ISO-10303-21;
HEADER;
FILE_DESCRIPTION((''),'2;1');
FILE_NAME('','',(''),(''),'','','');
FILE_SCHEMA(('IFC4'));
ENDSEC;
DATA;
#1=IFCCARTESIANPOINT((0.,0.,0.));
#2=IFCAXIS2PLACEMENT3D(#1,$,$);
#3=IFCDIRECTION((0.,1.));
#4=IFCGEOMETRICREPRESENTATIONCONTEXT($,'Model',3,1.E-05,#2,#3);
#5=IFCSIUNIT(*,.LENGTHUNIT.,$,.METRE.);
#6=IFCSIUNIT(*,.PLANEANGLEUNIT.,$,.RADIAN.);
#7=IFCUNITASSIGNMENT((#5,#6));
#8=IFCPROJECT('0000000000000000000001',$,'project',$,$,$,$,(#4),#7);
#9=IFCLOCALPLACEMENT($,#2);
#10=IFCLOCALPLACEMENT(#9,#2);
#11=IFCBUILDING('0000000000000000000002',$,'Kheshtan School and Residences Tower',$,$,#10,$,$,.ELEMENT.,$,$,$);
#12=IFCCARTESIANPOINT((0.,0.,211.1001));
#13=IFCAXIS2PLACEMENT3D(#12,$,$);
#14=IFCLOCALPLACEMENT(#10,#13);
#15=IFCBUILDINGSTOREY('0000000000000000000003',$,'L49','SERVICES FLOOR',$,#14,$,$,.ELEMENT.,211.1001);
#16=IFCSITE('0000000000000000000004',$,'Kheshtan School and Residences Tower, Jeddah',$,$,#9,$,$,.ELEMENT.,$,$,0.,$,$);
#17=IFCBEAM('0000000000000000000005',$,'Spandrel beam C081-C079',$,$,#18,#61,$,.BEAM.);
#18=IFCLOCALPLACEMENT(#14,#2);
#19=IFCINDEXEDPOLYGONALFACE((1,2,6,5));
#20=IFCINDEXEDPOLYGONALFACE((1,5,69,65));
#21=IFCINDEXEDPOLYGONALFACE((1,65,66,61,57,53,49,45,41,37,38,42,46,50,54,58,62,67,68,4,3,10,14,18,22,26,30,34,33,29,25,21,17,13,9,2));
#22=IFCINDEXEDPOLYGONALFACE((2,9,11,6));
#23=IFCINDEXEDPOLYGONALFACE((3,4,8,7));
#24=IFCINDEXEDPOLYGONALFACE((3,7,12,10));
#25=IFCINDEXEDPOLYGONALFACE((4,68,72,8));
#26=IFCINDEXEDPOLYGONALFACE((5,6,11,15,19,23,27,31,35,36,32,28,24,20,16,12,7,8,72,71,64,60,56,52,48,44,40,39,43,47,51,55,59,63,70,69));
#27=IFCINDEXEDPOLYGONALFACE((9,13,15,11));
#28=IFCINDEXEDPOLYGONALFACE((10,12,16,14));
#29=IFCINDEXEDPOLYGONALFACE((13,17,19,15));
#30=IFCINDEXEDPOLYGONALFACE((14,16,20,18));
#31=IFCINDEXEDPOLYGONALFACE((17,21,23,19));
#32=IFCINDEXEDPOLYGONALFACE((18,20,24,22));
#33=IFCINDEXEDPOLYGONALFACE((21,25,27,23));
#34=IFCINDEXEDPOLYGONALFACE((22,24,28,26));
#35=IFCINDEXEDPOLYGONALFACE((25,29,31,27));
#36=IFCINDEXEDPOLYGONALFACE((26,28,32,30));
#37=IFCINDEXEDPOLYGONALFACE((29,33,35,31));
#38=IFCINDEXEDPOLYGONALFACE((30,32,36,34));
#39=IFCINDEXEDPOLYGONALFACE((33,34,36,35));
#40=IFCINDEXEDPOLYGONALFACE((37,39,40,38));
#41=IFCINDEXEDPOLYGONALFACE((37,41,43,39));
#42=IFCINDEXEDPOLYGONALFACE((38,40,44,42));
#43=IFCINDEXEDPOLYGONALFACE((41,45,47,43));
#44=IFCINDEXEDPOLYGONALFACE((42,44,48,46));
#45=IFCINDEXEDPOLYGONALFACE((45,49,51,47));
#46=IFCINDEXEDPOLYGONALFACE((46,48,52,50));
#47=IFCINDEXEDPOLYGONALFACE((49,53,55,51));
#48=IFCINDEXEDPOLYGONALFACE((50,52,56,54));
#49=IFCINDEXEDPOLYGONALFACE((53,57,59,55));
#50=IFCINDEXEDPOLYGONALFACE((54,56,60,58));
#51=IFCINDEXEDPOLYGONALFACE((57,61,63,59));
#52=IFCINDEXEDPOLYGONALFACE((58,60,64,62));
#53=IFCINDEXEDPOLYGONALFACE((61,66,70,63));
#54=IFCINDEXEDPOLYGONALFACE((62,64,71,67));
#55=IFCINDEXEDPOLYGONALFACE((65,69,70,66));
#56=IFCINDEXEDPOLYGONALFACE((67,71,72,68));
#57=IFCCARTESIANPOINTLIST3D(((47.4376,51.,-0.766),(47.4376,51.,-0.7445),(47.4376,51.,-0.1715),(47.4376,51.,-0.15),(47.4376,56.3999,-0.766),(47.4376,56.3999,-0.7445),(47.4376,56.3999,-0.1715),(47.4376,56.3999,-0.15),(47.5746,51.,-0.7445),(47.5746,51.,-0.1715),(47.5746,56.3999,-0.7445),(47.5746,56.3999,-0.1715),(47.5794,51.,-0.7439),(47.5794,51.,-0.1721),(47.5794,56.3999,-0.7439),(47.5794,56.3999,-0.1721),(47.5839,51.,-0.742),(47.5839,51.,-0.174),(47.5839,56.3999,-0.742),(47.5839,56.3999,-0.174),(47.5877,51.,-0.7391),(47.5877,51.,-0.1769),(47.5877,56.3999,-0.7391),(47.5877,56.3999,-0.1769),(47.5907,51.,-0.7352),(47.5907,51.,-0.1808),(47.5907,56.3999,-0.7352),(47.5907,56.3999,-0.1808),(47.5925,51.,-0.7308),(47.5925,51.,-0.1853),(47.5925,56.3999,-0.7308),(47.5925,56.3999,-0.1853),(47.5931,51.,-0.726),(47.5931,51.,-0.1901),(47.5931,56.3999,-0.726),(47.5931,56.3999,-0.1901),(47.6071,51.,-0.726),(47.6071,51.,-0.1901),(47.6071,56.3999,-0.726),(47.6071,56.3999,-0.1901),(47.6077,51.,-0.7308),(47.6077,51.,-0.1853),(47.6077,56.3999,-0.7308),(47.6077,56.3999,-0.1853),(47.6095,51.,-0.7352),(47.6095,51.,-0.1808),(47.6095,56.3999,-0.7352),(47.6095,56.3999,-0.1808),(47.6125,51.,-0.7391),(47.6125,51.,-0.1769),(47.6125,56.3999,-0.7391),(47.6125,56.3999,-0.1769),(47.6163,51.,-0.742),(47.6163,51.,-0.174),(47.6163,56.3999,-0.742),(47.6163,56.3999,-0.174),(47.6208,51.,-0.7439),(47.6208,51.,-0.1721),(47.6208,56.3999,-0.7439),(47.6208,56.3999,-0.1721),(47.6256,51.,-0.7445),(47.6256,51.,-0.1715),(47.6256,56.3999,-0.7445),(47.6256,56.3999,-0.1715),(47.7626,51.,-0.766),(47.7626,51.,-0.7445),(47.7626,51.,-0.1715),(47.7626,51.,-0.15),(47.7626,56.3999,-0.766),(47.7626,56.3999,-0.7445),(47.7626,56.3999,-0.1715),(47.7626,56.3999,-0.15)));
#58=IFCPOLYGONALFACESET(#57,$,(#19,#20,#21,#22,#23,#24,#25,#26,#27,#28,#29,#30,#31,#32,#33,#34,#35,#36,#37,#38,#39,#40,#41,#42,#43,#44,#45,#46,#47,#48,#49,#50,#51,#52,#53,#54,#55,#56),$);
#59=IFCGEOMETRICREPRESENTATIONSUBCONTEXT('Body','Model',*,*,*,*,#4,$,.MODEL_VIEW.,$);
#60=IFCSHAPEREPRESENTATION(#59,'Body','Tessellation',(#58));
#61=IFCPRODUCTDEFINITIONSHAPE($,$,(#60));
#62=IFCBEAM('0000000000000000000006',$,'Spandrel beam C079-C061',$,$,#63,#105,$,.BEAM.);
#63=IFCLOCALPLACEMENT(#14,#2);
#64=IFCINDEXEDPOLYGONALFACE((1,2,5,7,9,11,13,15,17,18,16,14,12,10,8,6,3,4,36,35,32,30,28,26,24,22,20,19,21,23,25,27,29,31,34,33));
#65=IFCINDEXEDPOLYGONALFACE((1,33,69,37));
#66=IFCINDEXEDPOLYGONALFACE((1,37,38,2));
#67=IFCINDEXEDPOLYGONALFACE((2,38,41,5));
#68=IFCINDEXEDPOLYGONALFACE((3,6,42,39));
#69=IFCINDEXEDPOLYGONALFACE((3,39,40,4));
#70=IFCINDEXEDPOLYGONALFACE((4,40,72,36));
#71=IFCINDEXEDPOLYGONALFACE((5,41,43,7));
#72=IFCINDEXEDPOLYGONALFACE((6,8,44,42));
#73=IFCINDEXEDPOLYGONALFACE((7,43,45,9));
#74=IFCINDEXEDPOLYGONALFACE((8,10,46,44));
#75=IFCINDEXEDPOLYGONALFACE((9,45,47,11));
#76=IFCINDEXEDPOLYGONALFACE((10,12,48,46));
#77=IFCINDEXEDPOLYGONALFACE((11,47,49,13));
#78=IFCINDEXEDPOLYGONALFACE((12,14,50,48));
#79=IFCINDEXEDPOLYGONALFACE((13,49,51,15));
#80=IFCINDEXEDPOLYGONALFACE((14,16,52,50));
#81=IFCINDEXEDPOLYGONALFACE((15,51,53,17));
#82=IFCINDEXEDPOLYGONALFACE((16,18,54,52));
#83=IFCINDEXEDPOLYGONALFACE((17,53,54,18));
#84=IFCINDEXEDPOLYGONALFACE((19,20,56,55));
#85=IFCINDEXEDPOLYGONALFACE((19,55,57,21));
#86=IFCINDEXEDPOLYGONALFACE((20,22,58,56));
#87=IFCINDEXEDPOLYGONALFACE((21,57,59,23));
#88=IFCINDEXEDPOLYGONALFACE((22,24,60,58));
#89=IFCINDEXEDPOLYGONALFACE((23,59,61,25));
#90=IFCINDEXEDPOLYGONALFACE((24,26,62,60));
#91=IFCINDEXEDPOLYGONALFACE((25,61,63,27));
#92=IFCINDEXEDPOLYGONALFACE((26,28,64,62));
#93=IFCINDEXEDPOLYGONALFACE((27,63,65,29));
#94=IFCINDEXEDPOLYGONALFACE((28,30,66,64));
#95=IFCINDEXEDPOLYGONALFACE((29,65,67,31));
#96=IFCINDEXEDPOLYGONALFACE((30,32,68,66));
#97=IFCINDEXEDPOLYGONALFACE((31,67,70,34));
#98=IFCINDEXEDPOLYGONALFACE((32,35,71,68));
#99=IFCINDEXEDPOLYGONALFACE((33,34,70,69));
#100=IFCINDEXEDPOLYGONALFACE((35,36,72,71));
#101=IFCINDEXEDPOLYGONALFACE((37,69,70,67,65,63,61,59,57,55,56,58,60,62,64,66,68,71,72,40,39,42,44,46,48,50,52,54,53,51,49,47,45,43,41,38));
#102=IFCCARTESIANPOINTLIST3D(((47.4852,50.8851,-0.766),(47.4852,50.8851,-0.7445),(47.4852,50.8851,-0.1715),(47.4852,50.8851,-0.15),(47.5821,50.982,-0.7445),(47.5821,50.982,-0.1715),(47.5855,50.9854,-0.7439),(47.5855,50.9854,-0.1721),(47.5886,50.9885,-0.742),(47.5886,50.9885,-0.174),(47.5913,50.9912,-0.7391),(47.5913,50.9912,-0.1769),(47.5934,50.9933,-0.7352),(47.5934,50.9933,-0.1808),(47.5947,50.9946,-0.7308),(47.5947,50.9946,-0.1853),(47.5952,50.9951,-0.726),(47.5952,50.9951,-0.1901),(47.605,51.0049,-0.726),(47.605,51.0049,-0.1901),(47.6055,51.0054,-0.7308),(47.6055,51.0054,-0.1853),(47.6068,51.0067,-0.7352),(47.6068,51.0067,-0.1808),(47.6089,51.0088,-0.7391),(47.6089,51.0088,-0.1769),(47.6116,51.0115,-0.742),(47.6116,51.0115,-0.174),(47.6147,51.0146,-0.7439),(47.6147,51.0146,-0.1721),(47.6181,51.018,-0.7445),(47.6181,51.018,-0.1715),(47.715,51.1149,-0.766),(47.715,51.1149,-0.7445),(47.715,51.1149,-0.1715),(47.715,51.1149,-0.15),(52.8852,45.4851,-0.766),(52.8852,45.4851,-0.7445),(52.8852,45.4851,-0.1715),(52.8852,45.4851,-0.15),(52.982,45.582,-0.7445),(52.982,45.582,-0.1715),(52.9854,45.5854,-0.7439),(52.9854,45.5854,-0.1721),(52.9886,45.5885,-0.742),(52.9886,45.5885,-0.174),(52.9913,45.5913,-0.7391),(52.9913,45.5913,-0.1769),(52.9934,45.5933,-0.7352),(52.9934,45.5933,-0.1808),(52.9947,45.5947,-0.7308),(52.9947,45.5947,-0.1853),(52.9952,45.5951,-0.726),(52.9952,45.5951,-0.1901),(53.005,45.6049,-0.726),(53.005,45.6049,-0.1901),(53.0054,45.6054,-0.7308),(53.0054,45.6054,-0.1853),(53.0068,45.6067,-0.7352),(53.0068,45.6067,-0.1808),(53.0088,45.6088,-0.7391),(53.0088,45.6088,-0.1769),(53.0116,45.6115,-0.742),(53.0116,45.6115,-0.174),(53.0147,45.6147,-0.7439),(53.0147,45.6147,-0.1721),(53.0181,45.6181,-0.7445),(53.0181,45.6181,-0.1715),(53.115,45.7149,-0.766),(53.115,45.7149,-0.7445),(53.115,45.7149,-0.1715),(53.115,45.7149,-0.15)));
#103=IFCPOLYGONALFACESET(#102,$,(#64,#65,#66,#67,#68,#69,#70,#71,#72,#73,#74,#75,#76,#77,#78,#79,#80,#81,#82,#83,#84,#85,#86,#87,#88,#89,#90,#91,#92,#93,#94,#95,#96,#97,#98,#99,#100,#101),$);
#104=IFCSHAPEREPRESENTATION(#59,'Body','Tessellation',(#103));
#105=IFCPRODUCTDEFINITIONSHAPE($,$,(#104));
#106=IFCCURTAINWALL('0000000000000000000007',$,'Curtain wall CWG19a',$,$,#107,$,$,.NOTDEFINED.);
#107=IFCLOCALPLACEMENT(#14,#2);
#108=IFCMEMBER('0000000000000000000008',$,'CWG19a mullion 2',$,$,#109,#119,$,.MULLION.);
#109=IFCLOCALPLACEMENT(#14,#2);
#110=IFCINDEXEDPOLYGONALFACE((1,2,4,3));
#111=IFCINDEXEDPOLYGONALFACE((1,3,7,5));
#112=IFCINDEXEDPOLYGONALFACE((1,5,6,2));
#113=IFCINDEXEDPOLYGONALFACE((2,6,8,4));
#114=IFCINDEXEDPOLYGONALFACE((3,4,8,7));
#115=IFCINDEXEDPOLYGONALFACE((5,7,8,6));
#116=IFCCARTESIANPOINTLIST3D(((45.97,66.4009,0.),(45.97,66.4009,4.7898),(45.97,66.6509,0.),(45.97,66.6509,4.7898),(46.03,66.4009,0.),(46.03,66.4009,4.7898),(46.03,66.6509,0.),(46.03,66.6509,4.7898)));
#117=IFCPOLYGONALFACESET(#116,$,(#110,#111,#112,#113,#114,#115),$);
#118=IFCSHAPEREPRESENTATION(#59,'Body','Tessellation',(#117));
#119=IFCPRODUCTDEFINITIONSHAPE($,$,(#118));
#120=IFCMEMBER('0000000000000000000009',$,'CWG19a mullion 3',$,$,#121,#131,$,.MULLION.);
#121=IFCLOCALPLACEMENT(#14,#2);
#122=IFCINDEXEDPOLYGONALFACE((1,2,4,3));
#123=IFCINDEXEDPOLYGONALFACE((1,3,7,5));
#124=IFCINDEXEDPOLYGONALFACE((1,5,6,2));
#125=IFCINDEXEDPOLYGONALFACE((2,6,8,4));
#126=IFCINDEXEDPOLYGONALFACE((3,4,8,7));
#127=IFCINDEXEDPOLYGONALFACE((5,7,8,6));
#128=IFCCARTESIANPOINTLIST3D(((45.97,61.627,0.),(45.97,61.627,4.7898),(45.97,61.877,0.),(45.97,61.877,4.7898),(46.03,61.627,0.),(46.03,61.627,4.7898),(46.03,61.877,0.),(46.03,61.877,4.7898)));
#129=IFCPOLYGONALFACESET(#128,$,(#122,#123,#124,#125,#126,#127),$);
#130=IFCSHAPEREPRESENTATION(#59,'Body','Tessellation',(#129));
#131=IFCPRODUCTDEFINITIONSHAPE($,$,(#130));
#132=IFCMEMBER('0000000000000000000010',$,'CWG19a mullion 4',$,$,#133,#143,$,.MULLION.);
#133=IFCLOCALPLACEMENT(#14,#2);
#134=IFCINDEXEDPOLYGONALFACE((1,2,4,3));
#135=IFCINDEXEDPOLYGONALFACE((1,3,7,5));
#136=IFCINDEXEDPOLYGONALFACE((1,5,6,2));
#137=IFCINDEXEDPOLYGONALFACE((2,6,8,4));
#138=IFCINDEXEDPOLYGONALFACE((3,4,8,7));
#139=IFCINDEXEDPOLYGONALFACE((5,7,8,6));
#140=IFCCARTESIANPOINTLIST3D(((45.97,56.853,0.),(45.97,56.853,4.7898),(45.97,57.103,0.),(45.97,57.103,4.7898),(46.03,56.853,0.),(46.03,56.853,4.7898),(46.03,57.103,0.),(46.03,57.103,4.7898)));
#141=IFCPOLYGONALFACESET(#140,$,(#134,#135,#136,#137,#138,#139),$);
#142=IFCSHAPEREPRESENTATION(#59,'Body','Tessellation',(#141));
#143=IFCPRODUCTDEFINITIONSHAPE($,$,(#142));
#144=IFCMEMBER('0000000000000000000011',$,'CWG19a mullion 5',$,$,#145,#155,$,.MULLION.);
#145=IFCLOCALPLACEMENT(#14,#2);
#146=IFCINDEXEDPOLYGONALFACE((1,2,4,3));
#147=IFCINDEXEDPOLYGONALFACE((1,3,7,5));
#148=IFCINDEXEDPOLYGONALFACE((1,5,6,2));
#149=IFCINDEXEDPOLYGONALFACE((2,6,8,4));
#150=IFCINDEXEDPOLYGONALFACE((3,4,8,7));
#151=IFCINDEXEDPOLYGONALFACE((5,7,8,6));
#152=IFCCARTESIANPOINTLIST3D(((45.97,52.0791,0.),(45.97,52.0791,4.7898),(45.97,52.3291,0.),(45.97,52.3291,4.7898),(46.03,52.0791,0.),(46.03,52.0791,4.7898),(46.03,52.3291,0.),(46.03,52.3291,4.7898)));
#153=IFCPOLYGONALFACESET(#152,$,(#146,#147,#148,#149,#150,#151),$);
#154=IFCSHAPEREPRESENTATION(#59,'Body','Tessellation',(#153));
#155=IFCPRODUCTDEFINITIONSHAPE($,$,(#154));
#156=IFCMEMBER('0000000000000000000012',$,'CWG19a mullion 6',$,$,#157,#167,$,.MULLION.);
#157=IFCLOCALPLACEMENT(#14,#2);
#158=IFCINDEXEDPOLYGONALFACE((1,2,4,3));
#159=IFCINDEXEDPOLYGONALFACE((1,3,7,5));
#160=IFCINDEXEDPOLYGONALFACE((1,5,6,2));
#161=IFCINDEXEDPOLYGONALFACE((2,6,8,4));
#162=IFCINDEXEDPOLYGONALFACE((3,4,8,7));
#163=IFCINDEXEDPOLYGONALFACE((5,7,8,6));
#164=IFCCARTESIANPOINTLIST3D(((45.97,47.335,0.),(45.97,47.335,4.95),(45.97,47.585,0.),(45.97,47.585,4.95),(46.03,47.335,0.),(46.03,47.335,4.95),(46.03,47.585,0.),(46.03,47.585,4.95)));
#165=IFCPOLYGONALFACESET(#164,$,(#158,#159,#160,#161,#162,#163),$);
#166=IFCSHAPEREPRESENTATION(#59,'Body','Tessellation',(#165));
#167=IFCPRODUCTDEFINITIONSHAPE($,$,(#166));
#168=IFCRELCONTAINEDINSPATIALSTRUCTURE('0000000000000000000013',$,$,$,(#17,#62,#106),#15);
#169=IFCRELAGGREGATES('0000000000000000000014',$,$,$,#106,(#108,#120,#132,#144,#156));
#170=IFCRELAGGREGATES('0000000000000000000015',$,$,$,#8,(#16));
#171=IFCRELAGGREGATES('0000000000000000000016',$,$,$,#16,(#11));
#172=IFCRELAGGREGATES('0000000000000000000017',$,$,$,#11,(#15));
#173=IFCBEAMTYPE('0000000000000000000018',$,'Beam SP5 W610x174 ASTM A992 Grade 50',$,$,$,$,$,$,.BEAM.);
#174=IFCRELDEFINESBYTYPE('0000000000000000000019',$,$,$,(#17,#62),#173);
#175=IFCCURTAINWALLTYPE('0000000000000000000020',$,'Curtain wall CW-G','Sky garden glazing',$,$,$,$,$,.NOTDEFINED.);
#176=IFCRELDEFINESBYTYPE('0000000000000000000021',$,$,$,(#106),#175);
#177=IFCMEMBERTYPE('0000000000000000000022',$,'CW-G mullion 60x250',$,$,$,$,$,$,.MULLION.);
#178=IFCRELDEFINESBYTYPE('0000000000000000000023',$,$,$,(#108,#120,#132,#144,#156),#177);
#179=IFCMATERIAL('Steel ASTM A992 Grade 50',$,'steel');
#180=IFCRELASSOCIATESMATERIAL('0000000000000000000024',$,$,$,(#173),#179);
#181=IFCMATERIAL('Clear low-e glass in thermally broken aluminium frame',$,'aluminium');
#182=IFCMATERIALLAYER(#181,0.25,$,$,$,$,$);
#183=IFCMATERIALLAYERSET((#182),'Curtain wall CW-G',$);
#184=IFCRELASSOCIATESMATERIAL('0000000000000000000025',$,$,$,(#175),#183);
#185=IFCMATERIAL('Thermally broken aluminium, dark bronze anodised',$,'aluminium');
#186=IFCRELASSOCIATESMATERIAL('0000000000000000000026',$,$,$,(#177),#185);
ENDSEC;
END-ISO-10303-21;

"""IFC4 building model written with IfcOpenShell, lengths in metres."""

from ifc_helpers import new_model, si_unit, direction, frame, origin, origin_2d, place, context, subcontext, project, spatial, rectangle, i_section, extrude, material, layer, layer_set, material_profile, profile_set, type_object, element, aggregate, save


model = new_model("IFC4")

# Units and contexts
model_context = context("Model", 3, precision=1e-05, world=origin(), true_north=direction((0.0, 1.0)))
body_context = subcontext(model_context, "Body", "Model", "MODEL_VIEW")
ifc_project = project(units=[si_unit("LENGTHUNIT", "METRE"), si_unit("PLANEANGLEUNIT", "RADIAN")], contexts=[model_context])

# Site, building, storey
site_placement = place(None, origin())
site = spatial("IfcSite", under=ifc_project, at=site_placement, Name="Kheshtan School and Residences Tower, Jeddah", CompositionType="ELEMENT", RefElevation=0.0)
building_placement = place(site_placement, origin())
building = spatial("IfcBuilding", under=site, at=building_placement, Name="Kheshtan School and Residences Tower", CompositionType="ELEMENT")
storey_placement = place(building_placement, frame((0.0, 0.0, 211.1001)))
storey = spatial("IfcBuildingStorey", under=building, at=storey_placement, Name="L49", Description="SERVICES FLOOR", CompositionType="ELEMENT", Elevation=211.1001)

# Shared definitions
ifc_material_1 = material(Name="Steel ASTM A992 Grade 50", Category="steel")

# Beams
ifc_material_profile_1 = material_profile(ifc_material_1, i_section(OverallWidth=0.325, OverallDepth=0.616, WebThickness=0.0139, FlangeThickness=0.0215, FilletRadius=0.0186, at=origin_2d()), Name="W610x174")
ifc_profile_set_1 = profile_set([ifc_material_profile_1], Name="Steel ASTM A992 Grade 50")
beam_type_1 = type_object("IfcBeamType", Name="Beam SP5 W610x174 ASTM A992 Grade 50", PredefinedType="BEAM", material=ifc_profile_set_1)
beam_1_placement = place(storey_placement, frame((47.6001, 56.3999, -0.458), z_axis=(0.0, -1.0, 0.0), x_axis=(1.0, 0.0, 0.0)))
element("IfcBeam", 1, at=beam_1_placement, inside=storey, type_object=beam_type_1, Name="Spandrel beam C081-C079", PredefinedType="BEAM", context=body_context, shape_type="SweptSolid", body=[
    extrude(i_section(OverallWidth=0.325, OverallDepth=0.616, WebThickness=0.0139, FlangeThickness=0.0215, FilletRadius=0.0186, at=origin_2d()), origin(), (0.0, 0.0, 1.0), 5.3999),
])
beam_2_placement = place(storey_placement, frame((47.6001, 51.0, -0.458), z_axis=(0.707107, -0.707107, 0.0), x_axis=(0.707107, 0.707107, 0.0)))
element("IfcBeam", 2, at=beam_2_placement, inside=storey, type_object=beam_type_1, Name="Spandrel beam C079-C061", PredefinedType="BEAM", context=body_context, shape_type="SweptSolid", body=[
    extrude(i_section(OverallWidth=0.325, OverallDepth=0.616, WebThickness=0.0139, FlangeThickness=0.0215, FilletRadius=0.0186, at=origin_2d()), origin(), (0.0, 0.0, 1.0), 7.6367),
])

# Curtain wall, members
ifc_material_2 = material(Name="Clear low-e glass in thermally broken aluminium frame", Category="aluminium")
ifc_layer_1 = layer(ifc_material_2, 0.25)
ifc_layer_set_1 = layer_set([ifc_layer_1], Name="Curtain wall CW-G")
curtain_wall_type = type_object("IfcCurtainWallType", Name="Curtain wall CW-G", Description="Sky garden glazing", PredefinedType="NOTDEFINED", material=ifc_layer_set_1)
curtain_wall_placement = place(storey_placement, origin())
curtain_wall = element("IfcCurtainWall", 3, at=curtain_wall_placement, inside=storey, type_object=curtain_wall_type, Name="Curtain wall CWG19a", PredefinedType="NOTDEFINED")
ifc_material_3 = material(Name="Thermally broken aluminium, dark bronze anodised", Category="aluminium")
ifc_material_profile_2 = material_profile(ifc_material_3, rectangle(XDim=0.0601, YDim=0.25, at=origin_2d()), Name="CW-G mullion 60x250")
ifc_profile_set_2 = profile_set([ifc_material_profile_2], Name="Thermally broken aluminium, dark bronze anodised")
member_type_1 = type_object("IfcMemberType", Name="CW-G mullion 60x250", PredefinedType="MULLION", material=ifc_profile_set_2)
member_1_placement = place(storey_placement, frame((46.0, 66.5259, 0.0), z_axis=(0.0, 0.0, 1.0), x_axis=(1.0, 0.0, 0.0)))
member_1 = element("IfcMember", 4, at=member_1_placement, type_object=member_type_1, Name="CWG19a mullion 2", PredefinedType="MULLION", context=body_context, shape_type="SweptSolid", body=[
    extrude(rectangle(XDim=0.0601, YDim=0.25, at=origin_2d()), origin(), (0.0, 0.0, 1.0), 4.7898),
])
member_2_placement = place(storey_placement, frame((46.0, 61.752, 0.0), z_axis=(0.0, 0.0, 1.0), x_axis=(1.0, 0.0, 0.0)))
member_2 = element("IfcMember", 5, at=member_2_placement, type_object=member_type_1, Name="CWG19a mullion 3", PredefinedType="MULLION", context=body_context, shape_type="SweptSolid", body=[
    extrude(rectangle(XDim=0.0601, YDim=0.25, at=origin_2d()), origin(), (0.0, 0.0, 1.0), 4.7898),
])
member_3_placement = place(storey_placement, frame((46.0, 56.978, 0.0), z_axis=(0.0, 0.0, 1.0), x_axis=(1.0, 0.0, 0.0)))
member_3 = element("IfcMember", 6, at=member_3_placement, type_object=member_type_1, Name="CWG19a mullion 4", PredefinedType="MULLION", context=body_context, shape_type="SweptSolid", body=[
    extrude(rectangle(XDim=0.0601, YDim=0.25, at=origin_2d()), origin(), (0.0, 0.0, 1.0), 4.7898),
])
member_4_placement = place(storey_placement, frame((46.0, 52.2041, 0.0), z_axis=(0.0, 0.0, 1.0), x_axis=(1.0, 0.0, 0.0)))
member_4 = element("IfcMember", 7, at=member_4_placement, type_object=member_type_1, Name="CWG19a mullion 5", PredefinedType="MULLION", context=body_context, shape_type="SweptSolid", body=[
    extrude(rectangle(XDim=0.0601, YDim=0.25, at=origin_2d()), origin(), (0.0, 0.0, 1.0), 4.7898),
])
member_5_placement = place(storey_placement, frame((46.0, 47.46, 0.0), z_axis=(0.0, 0.0, 1.0), x_axis=(1.0, 0.0, 0.0)))
member_5 = element("IfcMember", 8, at=member_5_placement, type_object=member_type_1, Name="CWG19a mullion 6", PredefinedType="MULLION", context=body_context, shape_type="SweptSolid", body=[
    extrude(rectangle(XDim=0.0601, YDim=0.25, at=origin_2d()), origin(), (0.0, 0.0, 1.0), 4.95),
])

aggregate(curtain_wall, [member_1, member_2, member_3, member_4, member_5])

save(model, "model.ifc")
